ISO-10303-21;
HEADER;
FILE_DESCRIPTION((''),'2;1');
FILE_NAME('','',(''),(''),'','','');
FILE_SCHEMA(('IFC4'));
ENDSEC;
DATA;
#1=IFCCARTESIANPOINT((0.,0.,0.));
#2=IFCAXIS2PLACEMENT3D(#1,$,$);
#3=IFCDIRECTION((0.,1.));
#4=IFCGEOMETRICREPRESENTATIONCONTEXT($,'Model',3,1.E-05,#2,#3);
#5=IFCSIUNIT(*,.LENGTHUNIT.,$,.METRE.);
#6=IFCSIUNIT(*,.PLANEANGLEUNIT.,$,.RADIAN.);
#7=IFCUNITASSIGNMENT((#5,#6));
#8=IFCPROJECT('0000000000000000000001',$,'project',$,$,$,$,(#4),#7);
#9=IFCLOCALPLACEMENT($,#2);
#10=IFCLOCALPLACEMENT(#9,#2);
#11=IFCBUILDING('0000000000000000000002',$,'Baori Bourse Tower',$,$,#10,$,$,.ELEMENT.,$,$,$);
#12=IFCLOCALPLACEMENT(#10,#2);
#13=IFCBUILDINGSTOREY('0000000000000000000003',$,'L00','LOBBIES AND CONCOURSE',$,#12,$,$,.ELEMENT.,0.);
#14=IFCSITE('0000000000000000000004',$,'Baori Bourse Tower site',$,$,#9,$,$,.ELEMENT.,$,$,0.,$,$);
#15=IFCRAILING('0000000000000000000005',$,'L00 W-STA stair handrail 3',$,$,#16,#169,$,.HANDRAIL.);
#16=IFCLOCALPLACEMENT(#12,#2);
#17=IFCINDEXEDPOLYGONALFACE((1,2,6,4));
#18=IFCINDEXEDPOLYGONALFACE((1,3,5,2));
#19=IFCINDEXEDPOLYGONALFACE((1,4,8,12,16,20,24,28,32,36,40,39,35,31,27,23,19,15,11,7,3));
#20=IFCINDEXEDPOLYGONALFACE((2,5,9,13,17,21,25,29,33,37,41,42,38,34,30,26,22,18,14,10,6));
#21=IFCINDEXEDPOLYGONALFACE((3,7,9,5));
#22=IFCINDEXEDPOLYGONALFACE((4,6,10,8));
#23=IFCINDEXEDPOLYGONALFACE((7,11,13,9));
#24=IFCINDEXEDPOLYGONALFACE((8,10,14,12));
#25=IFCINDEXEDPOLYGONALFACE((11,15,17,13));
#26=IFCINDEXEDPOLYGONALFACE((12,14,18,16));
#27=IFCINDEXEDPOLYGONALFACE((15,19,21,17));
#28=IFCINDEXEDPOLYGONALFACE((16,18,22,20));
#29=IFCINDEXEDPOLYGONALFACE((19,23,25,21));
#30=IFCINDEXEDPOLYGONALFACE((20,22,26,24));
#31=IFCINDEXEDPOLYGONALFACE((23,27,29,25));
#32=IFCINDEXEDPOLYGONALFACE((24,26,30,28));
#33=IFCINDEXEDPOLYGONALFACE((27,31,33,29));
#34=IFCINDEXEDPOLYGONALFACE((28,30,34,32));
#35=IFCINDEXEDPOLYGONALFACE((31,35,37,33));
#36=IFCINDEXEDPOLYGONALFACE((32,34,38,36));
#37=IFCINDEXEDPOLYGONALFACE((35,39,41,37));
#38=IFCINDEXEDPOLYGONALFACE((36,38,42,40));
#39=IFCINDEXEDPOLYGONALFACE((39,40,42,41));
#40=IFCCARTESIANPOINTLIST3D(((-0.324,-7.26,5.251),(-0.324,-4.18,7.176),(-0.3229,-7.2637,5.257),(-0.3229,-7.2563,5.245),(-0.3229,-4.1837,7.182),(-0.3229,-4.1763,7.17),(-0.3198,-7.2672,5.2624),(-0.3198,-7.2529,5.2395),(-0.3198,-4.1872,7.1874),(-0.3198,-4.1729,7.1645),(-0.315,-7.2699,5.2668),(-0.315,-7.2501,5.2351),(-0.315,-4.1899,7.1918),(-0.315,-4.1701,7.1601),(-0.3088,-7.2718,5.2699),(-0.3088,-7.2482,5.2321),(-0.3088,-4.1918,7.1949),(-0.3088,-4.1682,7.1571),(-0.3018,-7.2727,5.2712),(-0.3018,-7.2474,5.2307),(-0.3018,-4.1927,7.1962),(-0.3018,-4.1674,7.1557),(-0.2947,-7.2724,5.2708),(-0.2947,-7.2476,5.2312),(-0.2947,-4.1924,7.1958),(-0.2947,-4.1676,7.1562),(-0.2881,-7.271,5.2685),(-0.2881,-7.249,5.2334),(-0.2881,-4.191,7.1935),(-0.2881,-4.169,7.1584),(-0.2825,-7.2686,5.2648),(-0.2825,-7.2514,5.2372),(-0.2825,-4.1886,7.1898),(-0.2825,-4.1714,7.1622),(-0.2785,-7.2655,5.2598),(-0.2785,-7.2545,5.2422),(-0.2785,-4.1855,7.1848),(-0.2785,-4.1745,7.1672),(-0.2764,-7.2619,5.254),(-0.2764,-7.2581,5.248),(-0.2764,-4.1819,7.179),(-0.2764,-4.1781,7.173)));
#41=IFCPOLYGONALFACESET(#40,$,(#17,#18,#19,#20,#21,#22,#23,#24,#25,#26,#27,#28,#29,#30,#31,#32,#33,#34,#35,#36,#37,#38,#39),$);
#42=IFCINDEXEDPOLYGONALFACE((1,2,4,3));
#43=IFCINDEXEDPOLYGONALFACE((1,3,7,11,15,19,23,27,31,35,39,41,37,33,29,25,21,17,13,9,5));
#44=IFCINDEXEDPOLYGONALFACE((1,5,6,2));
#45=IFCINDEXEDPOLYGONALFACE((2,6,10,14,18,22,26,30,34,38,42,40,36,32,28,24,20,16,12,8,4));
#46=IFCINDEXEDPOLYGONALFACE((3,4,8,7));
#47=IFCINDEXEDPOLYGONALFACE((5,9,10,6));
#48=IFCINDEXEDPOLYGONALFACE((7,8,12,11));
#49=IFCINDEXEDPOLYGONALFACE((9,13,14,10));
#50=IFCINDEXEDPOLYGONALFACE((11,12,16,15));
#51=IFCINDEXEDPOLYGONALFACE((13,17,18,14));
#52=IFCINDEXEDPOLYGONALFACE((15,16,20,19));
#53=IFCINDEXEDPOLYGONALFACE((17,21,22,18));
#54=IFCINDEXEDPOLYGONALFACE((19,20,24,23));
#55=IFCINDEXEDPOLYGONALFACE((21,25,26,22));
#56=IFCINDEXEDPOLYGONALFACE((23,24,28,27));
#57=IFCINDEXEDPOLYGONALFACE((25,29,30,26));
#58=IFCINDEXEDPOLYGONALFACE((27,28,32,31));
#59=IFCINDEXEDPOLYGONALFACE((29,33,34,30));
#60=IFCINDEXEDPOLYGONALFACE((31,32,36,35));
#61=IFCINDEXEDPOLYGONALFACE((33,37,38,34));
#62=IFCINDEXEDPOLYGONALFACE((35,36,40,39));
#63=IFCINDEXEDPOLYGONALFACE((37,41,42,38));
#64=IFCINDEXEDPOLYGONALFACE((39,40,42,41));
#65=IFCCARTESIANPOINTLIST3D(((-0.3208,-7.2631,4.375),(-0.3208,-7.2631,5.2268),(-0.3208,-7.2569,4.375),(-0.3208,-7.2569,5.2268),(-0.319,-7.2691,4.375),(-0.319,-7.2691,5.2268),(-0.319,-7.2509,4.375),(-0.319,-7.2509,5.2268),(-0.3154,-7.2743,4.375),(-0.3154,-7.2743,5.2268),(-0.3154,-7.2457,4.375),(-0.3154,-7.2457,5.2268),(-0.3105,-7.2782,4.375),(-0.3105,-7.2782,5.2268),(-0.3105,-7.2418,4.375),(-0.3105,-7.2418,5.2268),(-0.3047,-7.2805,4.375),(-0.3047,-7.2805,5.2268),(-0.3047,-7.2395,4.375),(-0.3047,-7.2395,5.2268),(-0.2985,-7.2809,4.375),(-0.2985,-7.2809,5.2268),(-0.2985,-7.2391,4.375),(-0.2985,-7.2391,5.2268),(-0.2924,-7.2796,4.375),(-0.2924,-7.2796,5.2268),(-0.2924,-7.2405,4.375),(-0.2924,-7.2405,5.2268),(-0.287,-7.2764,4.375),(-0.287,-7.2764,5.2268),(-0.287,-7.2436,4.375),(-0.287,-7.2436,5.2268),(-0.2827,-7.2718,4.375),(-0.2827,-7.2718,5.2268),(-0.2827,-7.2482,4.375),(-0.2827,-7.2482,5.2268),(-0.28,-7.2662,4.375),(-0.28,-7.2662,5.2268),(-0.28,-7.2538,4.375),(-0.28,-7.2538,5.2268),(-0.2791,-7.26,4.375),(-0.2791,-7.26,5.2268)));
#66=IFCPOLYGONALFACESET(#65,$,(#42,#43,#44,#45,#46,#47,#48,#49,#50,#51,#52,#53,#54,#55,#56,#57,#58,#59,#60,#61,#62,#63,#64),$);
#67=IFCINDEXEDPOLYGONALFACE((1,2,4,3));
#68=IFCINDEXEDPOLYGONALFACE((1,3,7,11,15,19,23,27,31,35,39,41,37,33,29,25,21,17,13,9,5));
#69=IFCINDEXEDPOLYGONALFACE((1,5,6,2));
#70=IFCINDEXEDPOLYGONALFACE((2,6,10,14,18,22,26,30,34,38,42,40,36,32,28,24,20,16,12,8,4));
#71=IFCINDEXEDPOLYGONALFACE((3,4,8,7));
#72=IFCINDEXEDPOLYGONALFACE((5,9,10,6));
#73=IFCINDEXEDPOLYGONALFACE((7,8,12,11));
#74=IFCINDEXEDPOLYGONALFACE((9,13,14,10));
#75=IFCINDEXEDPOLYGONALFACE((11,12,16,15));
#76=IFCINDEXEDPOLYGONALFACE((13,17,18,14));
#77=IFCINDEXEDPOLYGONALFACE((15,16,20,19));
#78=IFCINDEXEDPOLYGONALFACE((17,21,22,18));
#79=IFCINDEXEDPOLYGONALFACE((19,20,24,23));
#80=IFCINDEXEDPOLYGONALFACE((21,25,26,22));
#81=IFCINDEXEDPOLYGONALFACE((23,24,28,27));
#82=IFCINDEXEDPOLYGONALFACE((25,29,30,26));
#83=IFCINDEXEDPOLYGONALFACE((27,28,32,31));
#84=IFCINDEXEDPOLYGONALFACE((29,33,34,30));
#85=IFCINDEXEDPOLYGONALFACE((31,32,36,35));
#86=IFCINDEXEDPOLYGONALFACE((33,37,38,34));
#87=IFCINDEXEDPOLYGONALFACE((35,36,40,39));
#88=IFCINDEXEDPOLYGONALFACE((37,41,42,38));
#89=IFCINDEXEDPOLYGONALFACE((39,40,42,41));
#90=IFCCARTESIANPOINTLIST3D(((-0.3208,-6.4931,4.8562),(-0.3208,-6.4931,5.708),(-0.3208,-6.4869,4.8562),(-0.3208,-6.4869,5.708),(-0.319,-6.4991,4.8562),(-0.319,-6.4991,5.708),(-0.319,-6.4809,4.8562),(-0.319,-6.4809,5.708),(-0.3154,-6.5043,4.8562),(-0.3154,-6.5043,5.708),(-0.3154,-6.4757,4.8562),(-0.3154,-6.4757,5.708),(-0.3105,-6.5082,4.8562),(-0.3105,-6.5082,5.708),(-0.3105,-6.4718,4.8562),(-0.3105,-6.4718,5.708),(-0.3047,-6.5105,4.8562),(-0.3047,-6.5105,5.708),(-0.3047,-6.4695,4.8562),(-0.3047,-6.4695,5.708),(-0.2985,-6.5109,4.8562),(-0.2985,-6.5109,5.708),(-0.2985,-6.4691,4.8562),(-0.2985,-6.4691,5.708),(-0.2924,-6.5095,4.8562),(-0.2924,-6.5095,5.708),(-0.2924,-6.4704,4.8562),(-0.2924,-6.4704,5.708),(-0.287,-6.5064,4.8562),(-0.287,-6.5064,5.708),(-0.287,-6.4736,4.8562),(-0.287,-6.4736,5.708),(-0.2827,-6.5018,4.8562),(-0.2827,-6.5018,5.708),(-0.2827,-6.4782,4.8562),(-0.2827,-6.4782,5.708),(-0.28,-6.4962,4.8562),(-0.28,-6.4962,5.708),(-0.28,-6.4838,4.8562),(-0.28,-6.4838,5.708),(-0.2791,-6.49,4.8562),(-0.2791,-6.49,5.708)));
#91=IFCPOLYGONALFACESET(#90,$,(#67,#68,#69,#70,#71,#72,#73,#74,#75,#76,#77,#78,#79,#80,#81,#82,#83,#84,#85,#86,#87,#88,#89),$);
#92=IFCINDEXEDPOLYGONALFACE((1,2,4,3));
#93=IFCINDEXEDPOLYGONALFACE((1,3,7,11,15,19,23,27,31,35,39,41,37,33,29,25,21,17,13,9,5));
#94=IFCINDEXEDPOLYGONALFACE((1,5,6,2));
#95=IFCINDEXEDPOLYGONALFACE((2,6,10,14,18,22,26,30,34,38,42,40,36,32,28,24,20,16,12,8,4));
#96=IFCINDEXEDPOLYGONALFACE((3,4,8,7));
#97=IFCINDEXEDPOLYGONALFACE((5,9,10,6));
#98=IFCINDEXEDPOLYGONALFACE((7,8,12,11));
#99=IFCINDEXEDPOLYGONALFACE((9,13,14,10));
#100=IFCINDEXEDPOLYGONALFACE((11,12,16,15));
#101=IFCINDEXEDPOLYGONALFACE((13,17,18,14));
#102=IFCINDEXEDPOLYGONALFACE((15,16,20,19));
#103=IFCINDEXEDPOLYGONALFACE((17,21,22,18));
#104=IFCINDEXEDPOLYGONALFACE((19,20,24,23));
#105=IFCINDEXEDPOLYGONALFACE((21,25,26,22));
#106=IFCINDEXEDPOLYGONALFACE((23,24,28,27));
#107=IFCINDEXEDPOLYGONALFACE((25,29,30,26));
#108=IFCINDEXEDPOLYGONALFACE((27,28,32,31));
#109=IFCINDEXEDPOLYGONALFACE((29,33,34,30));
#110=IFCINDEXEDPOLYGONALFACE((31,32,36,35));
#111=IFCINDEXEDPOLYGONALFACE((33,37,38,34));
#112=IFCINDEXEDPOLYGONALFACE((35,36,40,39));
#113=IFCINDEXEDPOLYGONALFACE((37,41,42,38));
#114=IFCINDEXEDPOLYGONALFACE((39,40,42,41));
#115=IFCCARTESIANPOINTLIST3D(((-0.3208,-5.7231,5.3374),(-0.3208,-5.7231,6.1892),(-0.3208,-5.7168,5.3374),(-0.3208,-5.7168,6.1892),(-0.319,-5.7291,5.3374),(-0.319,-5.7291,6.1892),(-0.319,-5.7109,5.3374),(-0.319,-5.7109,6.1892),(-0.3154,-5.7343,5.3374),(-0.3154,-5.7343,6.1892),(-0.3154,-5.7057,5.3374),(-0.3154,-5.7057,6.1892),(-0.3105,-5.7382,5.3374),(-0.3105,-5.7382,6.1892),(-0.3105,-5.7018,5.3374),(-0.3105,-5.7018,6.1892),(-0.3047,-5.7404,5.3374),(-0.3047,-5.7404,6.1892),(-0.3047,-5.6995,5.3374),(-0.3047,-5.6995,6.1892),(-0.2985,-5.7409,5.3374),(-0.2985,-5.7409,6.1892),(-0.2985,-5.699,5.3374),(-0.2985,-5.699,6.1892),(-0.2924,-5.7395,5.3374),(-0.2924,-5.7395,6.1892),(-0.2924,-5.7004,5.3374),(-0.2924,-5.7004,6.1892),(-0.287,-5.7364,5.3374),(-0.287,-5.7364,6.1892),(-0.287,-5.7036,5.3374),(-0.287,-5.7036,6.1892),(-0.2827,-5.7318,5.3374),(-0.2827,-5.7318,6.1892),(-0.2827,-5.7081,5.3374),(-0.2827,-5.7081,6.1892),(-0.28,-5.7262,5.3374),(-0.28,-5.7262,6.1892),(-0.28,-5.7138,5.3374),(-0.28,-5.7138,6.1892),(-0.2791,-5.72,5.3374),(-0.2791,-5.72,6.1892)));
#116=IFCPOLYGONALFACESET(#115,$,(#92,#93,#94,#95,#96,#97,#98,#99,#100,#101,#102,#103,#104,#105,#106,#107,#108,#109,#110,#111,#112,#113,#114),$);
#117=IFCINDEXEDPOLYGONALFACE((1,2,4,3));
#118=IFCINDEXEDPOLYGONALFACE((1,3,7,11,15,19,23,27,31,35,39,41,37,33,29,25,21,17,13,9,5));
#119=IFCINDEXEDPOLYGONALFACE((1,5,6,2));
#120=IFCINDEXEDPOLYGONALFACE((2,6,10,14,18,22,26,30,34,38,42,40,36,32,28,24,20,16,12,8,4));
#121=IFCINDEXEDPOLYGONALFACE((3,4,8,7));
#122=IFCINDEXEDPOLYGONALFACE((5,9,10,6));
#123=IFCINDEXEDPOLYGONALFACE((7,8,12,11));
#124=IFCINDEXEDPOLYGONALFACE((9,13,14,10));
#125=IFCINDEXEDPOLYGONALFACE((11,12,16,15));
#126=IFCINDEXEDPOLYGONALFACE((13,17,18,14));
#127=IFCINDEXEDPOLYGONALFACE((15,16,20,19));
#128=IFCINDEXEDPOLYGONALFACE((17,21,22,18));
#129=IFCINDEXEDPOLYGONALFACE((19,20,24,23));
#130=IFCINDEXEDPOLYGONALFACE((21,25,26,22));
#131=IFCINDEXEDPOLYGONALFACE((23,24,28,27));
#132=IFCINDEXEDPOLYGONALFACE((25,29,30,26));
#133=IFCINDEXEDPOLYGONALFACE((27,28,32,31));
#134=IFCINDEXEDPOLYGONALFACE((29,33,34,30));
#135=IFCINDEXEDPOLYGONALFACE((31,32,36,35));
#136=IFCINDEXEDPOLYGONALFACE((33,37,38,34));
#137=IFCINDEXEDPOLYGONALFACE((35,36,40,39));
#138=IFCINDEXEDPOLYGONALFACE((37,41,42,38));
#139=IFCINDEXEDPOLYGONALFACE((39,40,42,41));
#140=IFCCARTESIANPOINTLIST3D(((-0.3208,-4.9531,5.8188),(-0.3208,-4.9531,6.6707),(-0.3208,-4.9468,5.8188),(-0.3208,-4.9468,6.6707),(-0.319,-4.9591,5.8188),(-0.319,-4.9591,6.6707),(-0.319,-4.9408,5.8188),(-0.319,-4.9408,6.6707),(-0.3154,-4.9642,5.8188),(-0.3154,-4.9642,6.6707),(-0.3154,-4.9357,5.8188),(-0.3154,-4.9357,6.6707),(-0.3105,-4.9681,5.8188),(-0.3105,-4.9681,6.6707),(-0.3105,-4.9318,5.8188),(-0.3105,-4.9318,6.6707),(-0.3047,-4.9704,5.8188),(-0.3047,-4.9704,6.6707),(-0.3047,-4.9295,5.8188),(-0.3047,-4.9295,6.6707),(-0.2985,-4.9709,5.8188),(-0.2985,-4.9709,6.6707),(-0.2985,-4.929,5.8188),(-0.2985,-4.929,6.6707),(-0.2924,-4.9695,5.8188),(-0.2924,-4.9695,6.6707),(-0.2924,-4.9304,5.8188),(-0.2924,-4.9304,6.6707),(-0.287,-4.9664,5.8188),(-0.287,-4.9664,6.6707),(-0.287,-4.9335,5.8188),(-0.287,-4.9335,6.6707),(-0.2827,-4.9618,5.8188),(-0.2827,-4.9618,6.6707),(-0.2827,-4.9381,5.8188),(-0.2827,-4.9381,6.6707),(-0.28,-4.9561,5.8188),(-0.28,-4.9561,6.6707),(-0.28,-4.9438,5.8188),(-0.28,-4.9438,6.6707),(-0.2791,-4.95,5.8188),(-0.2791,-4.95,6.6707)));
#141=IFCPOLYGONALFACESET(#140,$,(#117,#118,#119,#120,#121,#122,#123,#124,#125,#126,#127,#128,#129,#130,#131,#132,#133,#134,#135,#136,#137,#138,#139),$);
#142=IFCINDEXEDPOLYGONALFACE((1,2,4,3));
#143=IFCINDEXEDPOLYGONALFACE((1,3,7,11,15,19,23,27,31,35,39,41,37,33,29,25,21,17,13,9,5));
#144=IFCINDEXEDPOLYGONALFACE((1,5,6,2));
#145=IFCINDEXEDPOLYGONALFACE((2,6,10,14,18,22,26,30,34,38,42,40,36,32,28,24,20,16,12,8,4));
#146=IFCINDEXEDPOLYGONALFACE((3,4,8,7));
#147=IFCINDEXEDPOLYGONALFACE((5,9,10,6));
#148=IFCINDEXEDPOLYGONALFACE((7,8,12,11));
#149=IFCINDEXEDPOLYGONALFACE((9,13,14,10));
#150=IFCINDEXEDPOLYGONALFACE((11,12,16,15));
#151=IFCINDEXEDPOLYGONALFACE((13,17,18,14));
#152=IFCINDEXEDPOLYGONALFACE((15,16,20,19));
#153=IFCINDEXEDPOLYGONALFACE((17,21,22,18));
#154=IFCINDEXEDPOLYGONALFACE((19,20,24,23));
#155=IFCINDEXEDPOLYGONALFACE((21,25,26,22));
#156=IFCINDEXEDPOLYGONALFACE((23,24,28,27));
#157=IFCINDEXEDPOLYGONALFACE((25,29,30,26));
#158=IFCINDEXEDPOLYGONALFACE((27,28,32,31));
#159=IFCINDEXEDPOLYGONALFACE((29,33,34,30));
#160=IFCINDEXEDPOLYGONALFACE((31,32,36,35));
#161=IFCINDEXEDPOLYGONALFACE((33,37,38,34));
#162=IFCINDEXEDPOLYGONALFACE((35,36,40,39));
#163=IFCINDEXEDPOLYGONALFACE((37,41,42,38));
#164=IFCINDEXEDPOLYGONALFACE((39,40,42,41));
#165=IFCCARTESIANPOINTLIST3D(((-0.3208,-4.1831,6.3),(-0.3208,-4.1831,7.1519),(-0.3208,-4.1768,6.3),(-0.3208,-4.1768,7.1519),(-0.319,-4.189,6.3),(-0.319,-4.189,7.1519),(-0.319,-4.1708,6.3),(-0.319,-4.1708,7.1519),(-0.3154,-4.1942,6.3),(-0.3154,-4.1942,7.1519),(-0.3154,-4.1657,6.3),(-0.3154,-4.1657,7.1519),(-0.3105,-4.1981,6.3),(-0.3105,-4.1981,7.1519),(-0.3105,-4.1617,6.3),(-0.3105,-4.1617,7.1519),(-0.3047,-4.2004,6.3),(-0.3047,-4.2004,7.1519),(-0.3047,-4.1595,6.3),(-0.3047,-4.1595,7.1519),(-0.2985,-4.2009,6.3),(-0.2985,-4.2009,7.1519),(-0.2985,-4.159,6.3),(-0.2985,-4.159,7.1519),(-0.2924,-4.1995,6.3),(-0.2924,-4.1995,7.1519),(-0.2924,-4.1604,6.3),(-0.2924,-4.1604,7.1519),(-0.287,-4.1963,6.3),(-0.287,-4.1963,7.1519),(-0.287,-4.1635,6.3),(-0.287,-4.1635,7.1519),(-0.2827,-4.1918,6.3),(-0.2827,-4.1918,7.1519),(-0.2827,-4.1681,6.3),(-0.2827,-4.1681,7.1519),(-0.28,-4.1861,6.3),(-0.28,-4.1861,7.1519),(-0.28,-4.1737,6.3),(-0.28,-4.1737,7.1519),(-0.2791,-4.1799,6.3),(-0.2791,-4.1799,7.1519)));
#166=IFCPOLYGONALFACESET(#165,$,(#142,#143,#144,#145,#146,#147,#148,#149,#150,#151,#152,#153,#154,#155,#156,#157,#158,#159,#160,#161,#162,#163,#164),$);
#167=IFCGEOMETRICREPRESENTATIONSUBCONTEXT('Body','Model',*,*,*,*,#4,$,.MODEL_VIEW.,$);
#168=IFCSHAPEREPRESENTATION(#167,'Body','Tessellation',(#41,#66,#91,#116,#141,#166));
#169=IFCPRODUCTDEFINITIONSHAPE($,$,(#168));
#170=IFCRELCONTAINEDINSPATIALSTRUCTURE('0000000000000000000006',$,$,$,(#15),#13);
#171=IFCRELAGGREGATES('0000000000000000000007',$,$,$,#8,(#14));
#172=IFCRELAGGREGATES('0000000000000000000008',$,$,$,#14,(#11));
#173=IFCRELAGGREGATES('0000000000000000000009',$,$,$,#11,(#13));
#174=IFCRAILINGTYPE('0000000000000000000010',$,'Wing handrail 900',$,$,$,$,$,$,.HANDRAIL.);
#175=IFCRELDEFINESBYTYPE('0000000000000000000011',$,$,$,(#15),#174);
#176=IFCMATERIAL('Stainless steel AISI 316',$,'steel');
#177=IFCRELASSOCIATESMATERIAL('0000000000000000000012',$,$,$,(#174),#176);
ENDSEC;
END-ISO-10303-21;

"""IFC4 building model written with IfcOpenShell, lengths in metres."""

from ifc_helpers import new_model, si_unit, direction, frame, origin, origin_2d, place, context, subcontext, project, spatial, circle, extrude, material, type_object, element, save


model = new_model("IFC4")

# Units and contexts
model_context = context("Model", 3, precision=1e-05, world=origin(), true_north=direction((0.0, 1.0)))
body_context = subcontext(model_context, "Body", "Model", "MODEL_VIEW")
ifc_project = project(units=[si_unit("LENGTHUNIT", "METRE"), si_unit("PLANEANGLEUNIT", "RADIAN")], contexts=[model_context])

# Site, building, storey
site_placement = place(None, origin())
site = spatial("IfcSite", under=ifc_project, at=site_placement, Name="Baori Bourse Tower site", CompositionType="ELEMENT", RefElevation=0.0)
building_placement = place(site_placement, origin())
building = spatial("IfcBuilding", under=site, at=building_placement, Name="Baori Bourse Tower", CompositionType="ELEMENT")
storey_placement = place(building_placement, origin())
storey = spatial("IfcBuildingStorey", under=building, at=storey_placement, Name="L00", Description="LOBBIES AND CONCOURSE", CompositionType="ELEMENT", Elevation=0.0)

# Railing
ifc_material_1 = material(Name="Stainless steel AISI 316", Category="steel")
railing_type_1 = type_object("IfcRailingType", Name="Wing handrail 900", PredefinedType="HANDRAIL", material=ifc_material_1)
for number, where, name in (
    (1, (-0.3, -7.26, 4.375), "L00 W-STA stair handrail 3"),
):
    element("IfcRailing", number, at=place(storey_placement, frame(where)), inside=storey, type_object=railing_type_1, Name=name, PredefinedType="HANDRAIL", context=body_context, shape_type="SweptSolid", body=[
        extrude(circle(Radius=0.0239, at=origin_2d()), frame((0.0, 0.0, 0.876), z_axis=(0.0, 0.847998, 0.529999), x_axis=(-1.0, 0.0, 0.0)), (0.0, 0.0, 1.0), 3.6321),
        extrude(circle(Radius=0.021, at=origin_2d()), origin(), (0.0, 0.0, 1.0), 0.8518),
        extrude(circle(Radius=0.021, at=origin_2d()), frame((0.0, 0.77, 0.4812)), (0.0, 0.0, 1.0), 0.8518),
        extrude(circle(Radius=0.021, at=origin_2d()), frame((0.0, 1.54, 0.9624)), (0.0, 0.0, 1.0), 0.8518),
        extrude(circle(Radius=0.021, at=origin_2d()), frame((0.0, 2.3101, 1.4438)), (0.0, 0.0, 1.0), 0.8518),
        extrude(circle(Radius=0.021, at=origin_2d()), frame((0.0, 3.0801, 1.925)), (0.0, 0.0, 1.0), 0.8518),
    ])

save(model, "model.ifc")
